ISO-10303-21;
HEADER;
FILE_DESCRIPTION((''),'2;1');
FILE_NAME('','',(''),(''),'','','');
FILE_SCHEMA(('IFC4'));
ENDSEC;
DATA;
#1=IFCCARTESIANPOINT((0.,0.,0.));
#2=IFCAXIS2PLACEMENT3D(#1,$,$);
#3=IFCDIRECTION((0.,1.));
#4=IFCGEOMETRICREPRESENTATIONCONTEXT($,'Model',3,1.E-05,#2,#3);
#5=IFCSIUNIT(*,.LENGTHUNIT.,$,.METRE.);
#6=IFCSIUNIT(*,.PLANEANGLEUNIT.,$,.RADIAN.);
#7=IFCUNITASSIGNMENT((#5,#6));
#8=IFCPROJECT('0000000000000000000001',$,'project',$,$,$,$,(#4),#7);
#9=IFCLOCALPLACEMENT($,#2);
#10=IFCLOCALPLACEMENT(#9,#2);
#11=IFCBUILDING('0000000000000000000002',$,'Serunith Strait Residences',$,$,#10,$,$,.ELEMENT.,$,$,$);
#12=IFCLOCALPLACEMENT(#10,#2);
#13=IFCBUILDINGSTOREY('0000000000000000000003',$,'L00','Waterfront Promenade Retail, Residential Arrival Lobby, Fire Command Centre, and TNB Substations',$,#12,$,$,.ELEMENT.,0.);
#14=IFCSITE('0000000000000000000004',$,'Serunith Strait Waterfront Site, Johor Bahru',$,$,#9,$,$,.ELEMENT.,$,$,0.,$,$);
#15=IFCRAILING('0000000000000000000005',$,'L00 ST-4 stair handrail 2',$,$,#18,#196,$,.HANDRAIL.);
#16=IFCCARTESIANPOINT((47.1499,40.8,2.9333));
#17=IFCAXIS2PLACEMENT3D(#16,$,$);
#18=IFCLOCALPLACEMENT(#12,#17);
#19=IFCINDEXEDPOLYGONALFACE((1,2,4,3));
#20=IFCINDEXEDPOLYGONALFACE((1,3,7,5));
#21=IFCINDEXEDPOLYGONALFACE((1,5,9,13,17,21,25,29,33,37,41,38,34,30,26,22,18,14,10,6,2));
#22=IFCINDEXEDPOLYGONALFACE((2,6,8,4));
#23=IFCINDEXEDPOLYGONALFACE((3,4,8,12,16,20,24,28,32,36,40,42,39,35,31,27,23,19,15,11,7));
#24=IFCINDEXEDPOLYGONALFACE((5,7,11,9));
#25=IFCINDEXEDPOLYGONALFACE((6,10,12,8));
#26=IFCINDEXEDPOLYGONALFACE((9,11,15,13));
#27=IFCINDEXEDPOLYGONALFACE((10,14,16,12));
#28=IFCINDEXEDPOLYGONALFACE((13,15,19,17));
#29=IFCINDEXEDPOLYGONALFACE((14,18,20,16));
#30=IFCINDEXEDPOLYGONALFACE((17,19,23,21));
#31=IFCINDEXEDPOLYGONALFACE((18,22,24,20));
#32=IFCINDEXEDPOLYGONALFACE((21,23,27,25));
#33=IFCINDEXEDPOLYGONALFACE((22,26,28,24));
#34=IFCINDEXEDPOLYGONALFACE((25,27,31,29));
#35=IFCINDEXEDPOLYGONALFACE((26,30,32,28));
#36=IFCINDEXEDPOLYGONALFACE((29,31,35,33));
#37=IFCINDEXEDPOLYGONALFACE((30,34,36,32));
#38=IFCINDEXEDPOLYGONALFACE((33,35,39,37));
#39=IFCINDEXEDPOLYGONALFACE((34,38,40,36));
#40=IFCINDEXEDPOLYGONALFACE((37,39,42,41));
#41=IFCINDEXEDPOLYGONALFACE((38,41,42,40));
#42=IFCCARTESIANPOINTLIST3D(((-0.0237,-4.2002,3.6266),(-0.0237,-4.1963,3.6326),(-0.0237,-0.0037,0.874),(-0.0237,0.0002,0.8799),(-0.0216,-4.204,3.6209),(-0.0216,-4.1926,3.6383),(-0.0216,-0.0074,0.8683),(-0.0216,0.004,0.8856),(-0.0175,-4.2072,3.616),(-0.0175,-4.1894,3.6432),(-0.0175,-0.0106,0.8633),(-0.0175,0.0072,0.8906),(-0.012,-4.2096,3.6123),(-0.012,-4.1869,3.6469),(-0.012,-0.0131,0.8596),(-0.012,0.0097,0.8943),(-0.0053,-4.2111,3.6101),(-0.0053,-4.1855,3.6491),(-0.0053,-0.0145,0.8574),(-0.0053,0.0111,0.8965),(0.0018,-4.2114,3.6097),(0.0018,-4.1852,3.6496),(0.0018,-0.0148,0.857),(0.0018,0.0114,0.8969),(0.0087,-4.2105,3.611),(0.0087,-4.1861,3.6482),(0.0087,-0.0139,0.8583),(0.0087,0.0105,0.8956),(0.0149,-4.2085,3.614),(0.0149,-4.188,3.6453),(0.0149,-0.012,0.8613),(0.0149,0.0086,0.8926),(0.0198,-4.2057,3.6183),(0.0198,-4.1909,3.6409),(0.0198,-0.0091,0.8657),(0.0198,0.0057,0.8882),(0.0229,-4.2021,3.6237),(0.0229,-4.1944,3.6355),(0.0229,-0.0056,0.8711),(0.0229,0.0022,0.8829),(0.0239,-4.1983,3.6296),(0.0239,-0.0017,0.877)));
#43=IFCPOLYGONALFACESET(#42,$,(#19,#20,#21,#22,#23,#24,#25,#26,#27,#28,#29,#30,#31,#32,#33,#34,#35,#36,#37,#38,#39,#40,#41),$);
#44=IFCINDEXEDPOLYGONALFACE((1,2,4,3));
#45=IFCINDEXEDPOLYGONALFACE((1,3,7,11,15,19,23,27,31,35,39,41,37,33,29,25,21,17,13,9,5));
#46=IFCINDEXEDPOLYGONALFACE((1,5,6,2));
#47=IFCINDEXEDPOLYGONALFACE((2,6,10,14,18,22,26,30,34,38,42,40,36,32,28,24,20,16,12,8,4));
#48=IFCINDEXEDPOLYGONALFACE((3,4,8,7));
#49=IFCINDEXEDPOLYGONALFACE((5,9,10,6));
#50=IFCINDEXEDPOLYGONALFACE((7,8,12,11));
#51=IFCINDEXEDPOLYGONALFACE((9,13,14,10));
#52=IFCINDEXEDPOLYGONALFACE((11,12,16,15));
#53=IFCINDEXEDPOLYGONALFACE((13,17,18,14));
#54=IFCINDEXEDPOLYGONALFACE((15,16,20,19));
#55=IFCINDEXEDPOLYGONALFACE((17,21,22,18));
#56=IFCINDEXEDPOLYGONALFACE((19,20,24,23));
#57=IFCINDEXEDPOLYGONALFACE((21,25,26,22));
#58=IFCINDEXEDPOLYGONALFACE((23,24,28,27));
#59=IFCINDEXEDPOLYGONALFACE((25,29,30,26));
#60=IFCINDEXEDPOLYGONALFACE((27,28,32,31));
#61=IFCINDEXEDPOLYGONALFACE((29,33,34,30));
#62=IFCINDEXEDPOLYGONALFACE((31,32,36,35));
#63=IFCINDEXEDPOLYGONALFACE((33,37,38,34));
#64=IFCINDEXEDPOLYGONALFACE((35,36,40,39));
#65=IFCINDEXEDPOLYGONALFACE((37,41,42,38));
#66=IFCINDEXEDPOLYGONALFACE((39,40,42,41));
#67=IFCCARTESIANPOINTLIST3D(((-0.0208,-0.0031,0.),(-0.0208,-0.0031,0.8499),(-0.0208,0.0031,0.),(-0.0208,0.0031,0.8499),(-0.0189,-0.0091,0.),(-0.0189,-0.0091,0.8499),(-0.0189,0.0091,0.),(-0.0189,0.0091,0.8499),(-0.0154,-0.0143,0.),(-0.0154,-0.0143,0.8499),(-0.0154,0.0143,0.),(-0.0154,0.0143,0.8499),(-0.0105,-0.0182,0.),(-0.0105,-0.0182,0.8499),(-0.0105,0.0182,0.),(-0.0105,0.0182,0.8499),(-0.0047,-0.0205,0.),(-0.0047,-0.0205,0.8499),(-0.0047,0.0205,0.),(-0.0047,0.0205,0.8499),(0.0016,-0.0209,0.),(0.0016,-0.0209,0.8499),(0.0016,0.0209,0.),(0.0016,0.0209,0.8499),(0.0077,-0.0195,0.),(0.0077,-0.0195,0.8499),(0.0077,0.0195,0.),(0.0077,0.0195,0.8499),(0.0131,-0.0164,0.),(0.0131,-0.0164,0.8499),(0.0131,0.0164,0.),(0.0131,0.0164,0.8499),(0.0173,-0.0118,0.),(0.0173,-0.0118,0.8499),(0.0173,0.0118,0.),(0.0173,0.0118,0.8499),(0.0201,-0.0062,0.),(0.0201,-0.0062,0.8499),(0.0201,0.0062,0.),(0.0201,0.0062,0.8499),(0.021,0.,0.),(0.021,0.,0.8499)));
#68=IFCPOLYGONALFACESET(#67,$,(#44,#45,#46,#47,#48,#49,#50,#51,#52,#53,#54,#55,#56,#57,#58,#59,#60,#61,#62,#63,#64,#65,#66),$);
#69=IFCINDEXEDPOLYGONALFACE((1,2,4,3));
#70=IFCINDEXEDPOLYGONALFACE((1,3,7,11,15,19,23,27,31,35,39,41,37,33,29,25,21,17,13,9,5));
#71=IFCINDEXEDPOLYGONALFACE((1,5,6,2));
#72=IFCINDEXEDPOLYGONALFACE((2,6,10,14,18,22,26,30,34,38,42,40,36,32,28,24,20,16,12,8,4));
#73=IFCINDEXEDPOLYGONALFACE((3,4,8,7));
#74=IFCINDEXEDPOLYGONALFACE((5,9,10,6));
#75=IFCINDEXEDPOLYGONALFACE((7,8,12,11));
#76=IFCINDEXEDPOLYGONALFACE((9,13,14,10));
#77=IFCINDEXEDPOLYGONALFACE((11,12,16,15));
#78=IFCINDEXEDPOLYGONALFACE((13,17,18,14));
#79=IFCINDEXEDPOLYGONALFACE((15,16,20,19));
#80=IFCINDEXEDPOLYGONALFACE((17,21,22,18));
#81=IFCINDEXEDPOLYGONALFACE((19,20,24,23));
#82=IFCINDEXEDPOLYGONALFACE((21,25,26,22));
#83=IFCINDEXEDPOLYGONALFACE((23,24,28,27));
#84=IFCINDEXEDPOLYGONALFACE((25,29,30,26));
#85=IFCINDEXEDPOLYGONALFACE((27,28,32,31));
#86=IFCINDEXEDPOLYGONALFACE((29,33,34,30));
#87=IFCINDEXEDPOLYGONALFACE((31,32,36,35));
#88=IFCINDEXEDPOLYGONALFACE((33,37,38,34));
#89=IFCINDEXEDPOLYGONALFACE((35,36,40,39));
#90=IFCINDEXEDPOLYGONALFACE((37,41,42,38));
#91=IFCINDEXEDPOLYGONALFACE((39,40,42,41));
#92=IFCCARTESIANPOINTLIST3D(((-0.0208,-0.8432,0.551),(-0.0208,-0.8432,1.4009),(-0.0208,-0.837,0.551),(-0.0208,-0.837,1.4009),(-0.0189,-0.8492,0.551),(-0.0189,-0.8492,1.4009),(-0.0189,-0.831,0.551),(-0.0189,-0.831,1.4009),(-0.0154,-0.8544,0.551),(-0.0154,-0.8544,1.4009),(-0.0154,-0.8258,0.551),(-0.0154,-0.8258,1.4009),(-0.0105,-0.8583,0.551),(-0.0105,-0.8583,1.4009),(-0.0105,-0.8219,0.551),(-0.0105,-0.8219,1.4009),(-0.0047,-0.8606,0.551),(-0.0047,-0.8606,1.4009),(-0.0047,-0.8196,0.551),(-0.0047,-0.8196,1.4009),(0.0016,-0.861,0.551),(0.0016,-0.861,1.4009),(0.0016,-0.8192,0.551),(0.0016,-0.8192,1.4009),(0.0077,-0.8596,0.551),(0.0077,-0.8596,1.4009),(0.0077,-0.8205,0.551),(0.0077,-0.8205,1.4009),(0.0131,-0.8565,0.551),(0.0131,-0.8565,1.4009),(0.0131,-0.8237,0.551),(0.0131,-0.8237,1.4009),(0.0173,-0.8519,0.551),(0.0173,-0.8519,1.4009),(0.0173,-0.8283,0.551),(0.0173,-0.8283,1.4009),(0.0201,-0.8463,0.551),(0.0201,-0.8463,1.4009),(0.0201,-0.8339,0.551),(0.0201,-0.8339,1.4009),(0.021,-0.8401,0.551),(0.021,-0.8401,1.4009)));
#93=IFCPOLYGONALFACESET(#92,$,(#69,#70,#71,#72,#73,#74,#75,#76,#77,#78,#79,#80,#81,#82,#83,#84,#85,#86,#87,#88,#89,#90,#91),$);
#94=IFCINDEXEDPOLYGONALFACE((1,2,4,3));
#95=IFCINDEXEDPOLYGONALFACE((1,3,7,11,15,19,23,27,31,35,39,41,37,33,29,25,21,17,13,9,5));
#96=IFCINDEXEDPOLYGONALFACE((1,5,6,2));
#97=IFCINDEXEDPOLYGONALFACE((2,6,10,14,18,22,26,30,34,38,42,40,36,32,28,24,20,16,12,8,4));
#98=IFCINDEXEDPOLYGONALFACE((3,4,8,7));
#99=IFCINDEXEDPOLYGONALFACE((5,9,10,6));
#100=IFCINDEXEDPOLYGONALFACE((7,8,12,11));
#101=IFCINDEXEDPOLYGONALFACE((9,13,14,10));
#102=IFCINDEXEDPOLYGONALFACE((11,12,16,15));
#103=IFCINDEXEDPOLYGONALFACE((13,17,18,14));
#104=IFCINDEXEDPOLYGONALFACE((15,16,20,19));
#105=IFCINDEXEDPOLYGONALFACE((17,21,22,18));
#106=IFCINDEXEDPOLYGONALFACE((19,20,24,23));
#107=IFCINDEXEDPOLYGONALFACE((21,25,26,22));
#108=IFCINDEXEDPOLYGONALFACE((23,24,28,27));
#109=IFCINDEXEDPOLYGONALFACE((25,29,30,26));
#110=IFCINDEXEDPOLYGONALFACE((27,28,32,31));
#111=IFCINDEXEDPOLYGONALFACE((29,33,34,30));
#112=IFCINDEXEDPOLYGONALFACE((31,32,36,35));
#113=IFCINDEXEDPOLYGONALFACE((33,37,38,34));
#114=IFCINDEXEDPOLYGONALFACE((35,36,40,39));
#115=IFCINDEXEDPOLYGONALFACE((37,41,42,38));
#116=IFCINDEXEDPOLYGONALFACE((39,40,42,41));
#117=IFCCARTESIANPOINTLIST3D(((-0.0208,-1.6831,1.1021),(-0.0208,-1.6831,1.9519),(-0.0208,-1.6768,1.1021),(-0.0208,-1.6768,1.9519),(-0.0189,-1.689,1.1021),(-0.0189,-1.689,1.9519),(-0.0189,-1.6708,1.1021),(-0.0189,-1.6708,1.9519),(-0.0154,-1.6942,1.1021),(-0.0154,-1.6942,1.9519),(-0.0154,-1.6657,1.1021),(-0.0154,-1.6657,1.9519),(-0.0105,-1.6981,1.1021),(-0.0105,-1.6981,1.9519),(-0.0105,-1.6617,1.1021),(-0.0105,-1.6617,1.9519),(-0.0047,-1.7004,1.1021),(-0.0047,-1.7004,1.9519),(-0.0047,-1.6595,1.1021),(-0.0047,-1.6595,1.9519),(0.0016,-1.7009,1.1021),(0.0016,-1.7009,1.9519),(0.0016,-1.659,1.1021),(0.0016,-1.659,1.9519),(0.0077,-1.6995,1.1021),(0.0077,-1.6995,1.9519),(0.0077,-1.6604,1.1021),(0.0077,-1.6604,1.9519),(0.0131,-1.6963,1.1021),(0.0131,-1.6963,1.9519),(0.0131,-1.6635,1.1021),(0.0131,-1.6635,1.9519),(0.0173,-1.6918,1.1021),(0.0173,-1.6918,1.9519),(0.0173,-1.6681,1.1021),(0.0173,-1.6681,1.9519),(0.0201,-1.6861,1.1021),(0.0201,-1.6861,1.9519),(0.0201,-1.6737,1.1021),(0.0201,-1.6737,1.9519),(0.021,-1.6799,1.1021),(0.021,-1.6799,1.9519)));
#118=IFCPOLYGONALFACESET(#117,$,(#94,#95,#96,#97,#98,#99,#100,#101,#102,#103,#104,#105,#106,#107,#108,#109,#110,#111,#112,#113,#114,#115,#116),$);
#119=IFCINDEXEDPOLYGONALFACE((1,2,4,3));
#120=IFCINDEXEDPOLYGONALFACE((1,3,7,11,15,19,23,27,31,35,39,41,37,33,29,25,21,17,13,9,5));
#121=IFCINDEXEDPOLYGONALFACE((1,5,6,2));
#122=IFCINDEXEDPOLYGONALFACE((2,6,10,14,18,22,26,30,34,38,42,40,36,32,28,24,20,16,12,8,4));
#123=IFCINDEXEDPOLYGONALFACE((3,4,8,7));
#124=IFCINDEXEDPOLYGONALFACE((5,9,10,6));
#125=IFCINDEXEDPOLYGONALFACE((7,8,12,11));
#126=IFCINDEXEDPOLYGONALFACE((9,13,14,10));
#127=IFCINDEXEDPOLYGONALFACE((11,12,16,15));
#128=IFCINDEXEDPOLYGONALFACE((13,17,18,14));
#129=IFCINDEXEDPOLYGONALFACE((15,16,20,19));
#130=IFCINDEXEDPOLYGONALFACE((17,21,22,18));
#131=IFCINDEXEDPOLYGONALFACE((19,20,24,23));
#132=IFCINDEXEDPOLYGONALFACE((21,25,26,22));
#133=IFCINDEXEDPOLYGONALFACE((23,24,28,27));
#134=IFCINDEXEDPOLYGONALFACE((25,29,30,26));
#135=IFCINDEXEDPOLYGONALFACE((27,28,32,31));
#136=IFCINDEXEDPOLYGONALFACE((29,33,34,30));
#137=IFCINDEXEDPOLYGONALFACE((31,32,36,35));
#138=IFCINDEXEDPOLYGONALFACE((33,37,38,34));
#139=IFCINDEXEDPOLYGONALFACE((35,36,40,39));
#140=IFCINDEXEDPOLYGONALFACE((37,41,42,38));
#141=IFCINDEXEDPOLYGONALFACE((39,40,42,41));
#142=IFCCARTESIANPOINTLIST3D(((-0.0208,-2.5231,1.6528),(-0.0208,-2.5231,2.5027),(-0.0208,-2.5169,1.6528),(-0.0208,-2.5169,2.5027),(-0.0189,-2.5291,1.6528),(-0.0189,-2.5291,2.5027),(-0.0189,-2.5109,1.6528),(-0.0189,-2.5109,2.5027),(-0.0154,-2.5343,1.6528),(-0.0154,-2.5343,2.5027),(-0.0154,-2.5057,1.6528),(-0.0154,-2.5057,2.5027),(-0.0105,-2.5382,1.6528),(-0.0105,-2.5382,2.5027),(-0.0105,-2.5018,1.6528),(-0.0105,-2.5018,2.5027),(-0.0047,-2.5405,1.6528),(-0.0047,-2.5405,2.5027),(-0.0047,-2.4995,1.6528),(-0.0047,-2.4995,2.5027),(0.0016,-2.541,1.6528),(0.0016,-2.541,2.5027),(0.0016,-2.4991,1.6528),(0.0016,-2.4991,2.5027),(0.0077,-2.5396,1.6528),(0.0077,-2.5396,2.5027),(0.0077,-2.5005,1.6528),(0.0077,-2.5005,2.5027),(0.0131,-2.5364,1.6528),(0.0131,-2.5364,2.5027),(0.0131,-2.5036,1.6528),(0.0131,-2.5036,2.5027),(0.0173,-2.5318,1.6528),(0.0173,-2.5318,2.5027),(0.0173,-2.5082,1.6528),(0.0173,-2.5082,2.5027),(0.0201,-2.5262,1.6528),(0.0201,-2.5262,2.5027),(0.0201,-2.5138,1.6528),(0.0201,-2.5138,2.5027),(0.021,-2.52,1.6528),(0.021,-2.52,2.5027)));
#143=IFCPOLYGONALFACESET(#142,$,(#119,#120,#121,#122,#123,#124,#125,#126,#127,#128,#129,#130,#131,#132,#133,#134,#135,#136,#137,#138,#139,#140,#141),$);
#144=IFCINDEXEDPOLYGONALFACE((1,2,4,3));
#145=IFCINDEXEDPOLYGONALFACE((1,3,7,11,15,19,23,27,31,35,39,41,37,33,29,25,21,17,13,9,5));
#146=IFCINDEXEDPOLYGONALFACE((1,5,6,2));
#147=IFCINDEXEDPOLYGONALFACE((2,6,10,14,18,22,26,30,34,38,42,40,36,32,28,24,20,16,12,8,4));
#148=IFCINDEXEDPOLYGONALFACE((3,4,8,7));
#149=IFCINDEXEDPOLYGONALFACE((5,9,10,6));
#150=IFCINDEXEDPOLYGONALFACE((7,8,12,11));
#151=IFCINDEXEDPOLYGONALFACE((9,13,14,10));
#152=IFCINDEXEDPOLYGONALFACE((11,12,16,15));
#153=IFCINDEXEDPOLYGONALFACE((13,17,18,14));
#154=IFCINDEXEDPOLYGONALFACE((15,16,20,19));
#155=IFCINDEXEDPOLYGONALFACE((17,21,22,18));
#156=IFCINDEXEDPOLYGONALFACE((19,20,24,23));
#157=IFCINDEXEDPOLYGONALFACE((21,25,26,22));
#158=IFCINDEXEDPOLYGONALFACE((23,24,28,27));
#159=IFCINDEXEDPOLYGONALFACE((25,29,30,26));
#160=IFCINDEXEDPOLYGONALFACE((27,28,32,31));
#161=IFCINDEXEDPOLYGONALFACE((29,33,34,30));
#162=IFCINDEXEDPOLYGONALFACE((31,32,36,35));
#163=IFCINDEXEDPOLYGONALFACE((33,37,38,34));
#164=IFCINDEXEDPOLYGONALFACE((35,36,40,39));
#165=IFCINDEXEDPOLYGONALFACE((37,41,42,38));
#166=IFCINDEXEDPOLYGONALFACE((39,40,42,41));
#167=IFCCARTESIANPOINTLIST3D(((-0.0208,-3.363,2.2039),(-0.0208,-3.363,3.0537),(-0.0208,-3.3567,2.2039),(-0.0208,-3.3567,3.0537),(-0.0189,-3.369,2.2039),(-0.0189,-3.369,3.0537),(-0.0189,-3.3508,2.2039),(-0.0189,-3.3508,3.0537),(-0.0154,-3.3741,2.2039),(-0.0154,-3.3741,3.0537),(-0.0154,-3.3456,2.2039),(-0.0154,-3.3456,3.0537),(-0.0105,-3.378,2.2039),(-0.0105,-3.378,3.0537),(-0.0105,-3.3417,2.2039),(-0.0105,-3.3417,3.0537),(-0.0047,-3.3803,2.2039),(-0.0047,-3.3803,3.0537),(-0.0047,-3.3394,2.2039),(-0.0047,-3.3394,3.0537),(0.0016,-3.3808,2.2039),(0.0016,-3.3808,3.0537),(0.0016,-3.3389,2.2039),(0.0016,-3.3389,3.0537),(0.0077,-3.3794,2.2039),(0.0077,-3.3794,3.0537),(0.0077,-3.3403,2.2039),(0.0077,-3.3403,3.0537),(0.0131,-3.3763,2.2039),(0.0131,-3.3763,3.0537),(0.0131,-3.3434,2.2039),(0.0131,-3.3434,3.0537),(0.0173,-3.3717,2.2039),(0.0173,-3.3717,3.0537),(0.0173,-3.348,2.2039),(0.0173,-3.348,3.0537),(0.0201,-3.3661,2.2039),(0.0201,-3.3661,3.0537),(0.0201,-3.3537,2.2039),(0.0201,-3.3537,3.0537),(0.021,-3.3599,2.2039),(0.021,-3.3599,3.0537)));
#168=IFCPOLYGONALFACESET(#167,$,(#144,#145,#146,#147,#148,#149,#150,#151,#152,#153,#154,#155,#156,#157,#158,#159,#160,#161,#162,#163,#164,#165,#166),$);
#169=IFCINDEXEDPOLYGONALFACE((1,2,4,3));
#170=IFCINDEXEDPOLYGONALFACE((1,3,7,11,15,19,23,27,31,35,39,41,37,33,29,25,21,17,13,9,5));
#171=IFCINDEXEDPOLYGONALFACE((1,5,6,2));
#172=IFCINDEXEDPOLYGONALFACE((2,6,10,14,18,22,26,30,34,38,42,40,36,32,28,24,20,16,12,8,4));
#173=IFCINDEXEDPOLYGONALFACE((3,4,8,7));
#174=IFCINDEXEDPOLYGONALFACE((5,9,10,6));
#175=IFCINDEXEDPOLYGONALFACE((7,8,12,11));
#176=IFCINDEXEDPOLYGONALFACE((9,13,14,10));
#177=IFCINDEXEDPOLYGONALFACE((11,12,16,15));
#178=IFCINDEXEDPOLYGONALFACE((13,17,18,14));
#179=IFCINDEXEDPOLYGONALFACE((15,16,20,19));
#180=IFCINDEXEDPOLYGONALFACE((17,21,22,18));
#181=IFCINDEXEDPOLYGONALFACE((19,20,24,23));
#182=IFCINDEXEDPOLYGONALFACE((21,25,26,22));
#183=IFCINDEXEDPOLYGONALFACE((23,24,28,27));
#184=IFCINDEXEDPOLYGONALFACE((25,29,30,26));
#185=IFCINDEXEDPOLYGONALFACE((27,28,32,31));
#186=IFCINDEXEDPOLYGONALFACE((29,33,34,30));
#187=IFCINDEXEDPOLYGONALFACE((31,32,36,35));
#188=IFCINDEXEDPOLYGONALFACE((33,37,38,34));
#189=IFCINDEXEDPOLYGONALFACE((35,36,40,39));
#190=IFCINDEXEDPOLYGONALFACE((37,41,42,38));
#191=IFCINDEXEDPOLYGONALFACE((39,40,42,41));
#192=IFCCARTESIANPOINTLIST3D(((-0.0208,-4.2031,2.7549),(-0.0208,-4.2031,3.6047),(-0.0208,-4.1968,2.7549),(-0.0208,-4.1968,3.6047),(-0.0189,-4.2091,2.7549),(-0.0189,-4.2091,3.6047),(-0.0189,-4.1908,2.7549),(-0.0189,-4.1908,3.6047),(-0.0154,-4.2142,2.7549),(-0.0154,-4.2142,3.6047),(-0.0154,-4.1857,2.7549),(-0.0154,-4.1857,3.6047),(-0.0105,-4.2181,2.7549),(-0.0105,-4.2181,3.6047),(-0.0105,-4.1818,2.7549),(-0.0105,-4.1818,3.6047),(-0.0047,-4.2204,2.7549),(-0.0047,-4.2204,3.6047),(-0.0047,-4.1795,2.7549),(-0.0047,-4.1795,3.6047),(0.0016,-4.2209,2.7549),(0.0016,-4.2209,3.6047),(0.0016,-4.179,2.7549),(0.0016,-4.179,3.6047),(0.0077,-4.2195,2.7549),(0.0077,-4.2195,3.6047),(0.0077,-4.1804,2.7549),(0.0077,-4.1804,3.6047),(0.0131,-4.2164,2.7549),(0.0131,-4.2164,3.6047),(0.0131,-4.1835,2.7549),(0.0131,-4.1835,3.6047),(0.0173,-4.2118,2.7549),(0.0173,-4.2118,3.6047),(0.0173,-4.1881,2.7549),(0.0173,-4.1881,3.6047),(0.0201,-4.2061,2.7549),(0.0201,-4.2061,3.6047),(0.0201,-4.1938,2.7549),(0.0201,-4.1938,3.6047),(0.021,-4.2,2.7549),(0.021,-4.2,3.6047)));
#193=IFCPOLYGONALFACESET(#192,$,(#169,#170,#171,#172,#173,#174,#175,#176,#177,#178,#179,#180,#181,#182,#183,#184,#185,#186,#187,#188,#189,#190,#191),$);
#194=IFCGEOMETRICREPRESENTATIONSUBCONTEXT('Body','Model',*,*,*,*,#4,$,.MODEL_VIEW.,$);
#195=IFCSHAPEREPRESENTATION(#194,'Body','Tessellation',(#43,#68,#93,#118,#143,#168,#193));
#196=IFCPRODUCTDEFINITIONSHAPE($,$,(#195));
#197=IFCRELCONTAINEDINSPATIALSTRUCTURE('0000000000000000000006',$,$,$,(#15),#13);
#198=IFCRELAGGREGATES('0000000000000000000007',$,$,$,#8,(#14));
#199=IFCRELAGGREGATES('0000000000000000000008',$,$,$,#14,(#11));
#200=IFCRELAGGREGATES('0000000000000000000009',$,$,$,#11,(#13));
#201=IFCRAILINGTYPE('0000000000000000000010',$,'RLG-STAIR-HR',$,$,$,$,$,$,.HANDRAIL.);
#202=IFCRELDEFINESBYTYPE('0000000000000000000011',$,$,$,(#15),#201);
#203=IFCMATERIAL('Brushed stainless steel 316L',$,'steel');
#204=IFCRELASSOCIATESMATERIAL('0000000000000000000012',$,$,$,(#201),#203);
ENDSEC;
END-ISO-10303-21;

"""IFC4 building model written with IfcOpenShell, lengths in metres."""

from ifc_helpers import new_model, si_unit, direction, frame, origin, origin_2d, place, context, subcontext, project, spatial, circle, extrude, material, type_object, element, save


model = new_model("IFC4")

# Units and contexts
model_context = context("Model", 3, precision=1e-05, world=origin(), true_north=direction((0.0, 1.0)))
body_context = subcontext(model_context, "Body", "Model", "MODEL_VIEW")
ifc_project = project(units=[si_unit("LENGTHUNIT", "METRE"), si_unit("PLANEANGLEUNIT", "RADIAN")], contexts=[model_context])

# Site, building, storey
site_placement = place(None, origin())
site = spatial("IfcSite", under=ifc_project, at=site_placement, Name="Serunith Strait Waterfront Site, Johor Bahru", CompositionType="ELEMENT", RefElevation=0.0)
building_placement = place(site_placement, origin())
building = spatial("IfcBuilding", under=site, at=building_placement, Name="Serunith Strait Residences", CompositionType="ELEMENT")
storey_placement = place(building_placement, origin())
storey = spatial("IfcBuildingStorey", under=building, at=storey_placement, Name="L00", Description="Waterfront Promenade Retail, Residential Arrival Lobby, Fire Command Centre, and TNB Substations", CompositionType="ELEMENT", Elevation=0.0)

# Railing
ifc_material_1 = material(Name="Brushed stainless steel 316L", Category="steel")
railing_type_1 = type_object("IfcRailingType", Name="RLG-STAIR-HR", PredefinedType="HANDRAIL", material=ifc_material_1)
railing_1_placement = place(storey_placement, frame((47.1499, 40.8, 2.9333)))
element("IfcRailing", 1, at=railing_1_placement, inside=storey, type_object=railing_type_1, Name="L00 ST-4 stair handrail 2", PredefinedType="HANDRAIL", context=body_context, shape_type="SweptSolid", body=[
    extrude(circle(Radius=0.0239, at=origin_2d()), frame((0.0, -0.0017, 0.877), z_axis=(0.0, -0.83617, 0.548471), x_axis=(1.0, 0.0, 0.0)), (0.0, 0.0, 1.0), 5.0188),
    extrude(circle(Radius=0.021, at=origin_2d()), origin(), (0.0, 0.0, 1.0), 0.8499),
    extrude(circle(Radius=0.021, at=origin_2d()), frame((0.0, -0.8401, 0.551)), (0.0, 0.0, 1.0), 0.8499),
    extrude(circle(Radius=0.021, at=origin_2d()), frame((0.0, -1.6799, 1.1021)), (0.0, 0.0, 1.0), 0.8499),
    extrude(circle(Radius=0.021, at=origin_2d()), frame((0.0, -2.52, 1.6528)), (0.0, 0.0, 1.0), 0.8499),
    extrude(circle(Radius=0.021, at=origin_2d()), frame((0.0, -3.3599, 2.2039)), (0.0, 0.0, 1.0), 0.8499),
    extrude(circle(Radius=0.021, at=origin_2d()), frame((0.0, -4.2, 2.7549)), (0.0, 0.0, 1.0), 0.8499),
])

save(model, "model.ifc")
